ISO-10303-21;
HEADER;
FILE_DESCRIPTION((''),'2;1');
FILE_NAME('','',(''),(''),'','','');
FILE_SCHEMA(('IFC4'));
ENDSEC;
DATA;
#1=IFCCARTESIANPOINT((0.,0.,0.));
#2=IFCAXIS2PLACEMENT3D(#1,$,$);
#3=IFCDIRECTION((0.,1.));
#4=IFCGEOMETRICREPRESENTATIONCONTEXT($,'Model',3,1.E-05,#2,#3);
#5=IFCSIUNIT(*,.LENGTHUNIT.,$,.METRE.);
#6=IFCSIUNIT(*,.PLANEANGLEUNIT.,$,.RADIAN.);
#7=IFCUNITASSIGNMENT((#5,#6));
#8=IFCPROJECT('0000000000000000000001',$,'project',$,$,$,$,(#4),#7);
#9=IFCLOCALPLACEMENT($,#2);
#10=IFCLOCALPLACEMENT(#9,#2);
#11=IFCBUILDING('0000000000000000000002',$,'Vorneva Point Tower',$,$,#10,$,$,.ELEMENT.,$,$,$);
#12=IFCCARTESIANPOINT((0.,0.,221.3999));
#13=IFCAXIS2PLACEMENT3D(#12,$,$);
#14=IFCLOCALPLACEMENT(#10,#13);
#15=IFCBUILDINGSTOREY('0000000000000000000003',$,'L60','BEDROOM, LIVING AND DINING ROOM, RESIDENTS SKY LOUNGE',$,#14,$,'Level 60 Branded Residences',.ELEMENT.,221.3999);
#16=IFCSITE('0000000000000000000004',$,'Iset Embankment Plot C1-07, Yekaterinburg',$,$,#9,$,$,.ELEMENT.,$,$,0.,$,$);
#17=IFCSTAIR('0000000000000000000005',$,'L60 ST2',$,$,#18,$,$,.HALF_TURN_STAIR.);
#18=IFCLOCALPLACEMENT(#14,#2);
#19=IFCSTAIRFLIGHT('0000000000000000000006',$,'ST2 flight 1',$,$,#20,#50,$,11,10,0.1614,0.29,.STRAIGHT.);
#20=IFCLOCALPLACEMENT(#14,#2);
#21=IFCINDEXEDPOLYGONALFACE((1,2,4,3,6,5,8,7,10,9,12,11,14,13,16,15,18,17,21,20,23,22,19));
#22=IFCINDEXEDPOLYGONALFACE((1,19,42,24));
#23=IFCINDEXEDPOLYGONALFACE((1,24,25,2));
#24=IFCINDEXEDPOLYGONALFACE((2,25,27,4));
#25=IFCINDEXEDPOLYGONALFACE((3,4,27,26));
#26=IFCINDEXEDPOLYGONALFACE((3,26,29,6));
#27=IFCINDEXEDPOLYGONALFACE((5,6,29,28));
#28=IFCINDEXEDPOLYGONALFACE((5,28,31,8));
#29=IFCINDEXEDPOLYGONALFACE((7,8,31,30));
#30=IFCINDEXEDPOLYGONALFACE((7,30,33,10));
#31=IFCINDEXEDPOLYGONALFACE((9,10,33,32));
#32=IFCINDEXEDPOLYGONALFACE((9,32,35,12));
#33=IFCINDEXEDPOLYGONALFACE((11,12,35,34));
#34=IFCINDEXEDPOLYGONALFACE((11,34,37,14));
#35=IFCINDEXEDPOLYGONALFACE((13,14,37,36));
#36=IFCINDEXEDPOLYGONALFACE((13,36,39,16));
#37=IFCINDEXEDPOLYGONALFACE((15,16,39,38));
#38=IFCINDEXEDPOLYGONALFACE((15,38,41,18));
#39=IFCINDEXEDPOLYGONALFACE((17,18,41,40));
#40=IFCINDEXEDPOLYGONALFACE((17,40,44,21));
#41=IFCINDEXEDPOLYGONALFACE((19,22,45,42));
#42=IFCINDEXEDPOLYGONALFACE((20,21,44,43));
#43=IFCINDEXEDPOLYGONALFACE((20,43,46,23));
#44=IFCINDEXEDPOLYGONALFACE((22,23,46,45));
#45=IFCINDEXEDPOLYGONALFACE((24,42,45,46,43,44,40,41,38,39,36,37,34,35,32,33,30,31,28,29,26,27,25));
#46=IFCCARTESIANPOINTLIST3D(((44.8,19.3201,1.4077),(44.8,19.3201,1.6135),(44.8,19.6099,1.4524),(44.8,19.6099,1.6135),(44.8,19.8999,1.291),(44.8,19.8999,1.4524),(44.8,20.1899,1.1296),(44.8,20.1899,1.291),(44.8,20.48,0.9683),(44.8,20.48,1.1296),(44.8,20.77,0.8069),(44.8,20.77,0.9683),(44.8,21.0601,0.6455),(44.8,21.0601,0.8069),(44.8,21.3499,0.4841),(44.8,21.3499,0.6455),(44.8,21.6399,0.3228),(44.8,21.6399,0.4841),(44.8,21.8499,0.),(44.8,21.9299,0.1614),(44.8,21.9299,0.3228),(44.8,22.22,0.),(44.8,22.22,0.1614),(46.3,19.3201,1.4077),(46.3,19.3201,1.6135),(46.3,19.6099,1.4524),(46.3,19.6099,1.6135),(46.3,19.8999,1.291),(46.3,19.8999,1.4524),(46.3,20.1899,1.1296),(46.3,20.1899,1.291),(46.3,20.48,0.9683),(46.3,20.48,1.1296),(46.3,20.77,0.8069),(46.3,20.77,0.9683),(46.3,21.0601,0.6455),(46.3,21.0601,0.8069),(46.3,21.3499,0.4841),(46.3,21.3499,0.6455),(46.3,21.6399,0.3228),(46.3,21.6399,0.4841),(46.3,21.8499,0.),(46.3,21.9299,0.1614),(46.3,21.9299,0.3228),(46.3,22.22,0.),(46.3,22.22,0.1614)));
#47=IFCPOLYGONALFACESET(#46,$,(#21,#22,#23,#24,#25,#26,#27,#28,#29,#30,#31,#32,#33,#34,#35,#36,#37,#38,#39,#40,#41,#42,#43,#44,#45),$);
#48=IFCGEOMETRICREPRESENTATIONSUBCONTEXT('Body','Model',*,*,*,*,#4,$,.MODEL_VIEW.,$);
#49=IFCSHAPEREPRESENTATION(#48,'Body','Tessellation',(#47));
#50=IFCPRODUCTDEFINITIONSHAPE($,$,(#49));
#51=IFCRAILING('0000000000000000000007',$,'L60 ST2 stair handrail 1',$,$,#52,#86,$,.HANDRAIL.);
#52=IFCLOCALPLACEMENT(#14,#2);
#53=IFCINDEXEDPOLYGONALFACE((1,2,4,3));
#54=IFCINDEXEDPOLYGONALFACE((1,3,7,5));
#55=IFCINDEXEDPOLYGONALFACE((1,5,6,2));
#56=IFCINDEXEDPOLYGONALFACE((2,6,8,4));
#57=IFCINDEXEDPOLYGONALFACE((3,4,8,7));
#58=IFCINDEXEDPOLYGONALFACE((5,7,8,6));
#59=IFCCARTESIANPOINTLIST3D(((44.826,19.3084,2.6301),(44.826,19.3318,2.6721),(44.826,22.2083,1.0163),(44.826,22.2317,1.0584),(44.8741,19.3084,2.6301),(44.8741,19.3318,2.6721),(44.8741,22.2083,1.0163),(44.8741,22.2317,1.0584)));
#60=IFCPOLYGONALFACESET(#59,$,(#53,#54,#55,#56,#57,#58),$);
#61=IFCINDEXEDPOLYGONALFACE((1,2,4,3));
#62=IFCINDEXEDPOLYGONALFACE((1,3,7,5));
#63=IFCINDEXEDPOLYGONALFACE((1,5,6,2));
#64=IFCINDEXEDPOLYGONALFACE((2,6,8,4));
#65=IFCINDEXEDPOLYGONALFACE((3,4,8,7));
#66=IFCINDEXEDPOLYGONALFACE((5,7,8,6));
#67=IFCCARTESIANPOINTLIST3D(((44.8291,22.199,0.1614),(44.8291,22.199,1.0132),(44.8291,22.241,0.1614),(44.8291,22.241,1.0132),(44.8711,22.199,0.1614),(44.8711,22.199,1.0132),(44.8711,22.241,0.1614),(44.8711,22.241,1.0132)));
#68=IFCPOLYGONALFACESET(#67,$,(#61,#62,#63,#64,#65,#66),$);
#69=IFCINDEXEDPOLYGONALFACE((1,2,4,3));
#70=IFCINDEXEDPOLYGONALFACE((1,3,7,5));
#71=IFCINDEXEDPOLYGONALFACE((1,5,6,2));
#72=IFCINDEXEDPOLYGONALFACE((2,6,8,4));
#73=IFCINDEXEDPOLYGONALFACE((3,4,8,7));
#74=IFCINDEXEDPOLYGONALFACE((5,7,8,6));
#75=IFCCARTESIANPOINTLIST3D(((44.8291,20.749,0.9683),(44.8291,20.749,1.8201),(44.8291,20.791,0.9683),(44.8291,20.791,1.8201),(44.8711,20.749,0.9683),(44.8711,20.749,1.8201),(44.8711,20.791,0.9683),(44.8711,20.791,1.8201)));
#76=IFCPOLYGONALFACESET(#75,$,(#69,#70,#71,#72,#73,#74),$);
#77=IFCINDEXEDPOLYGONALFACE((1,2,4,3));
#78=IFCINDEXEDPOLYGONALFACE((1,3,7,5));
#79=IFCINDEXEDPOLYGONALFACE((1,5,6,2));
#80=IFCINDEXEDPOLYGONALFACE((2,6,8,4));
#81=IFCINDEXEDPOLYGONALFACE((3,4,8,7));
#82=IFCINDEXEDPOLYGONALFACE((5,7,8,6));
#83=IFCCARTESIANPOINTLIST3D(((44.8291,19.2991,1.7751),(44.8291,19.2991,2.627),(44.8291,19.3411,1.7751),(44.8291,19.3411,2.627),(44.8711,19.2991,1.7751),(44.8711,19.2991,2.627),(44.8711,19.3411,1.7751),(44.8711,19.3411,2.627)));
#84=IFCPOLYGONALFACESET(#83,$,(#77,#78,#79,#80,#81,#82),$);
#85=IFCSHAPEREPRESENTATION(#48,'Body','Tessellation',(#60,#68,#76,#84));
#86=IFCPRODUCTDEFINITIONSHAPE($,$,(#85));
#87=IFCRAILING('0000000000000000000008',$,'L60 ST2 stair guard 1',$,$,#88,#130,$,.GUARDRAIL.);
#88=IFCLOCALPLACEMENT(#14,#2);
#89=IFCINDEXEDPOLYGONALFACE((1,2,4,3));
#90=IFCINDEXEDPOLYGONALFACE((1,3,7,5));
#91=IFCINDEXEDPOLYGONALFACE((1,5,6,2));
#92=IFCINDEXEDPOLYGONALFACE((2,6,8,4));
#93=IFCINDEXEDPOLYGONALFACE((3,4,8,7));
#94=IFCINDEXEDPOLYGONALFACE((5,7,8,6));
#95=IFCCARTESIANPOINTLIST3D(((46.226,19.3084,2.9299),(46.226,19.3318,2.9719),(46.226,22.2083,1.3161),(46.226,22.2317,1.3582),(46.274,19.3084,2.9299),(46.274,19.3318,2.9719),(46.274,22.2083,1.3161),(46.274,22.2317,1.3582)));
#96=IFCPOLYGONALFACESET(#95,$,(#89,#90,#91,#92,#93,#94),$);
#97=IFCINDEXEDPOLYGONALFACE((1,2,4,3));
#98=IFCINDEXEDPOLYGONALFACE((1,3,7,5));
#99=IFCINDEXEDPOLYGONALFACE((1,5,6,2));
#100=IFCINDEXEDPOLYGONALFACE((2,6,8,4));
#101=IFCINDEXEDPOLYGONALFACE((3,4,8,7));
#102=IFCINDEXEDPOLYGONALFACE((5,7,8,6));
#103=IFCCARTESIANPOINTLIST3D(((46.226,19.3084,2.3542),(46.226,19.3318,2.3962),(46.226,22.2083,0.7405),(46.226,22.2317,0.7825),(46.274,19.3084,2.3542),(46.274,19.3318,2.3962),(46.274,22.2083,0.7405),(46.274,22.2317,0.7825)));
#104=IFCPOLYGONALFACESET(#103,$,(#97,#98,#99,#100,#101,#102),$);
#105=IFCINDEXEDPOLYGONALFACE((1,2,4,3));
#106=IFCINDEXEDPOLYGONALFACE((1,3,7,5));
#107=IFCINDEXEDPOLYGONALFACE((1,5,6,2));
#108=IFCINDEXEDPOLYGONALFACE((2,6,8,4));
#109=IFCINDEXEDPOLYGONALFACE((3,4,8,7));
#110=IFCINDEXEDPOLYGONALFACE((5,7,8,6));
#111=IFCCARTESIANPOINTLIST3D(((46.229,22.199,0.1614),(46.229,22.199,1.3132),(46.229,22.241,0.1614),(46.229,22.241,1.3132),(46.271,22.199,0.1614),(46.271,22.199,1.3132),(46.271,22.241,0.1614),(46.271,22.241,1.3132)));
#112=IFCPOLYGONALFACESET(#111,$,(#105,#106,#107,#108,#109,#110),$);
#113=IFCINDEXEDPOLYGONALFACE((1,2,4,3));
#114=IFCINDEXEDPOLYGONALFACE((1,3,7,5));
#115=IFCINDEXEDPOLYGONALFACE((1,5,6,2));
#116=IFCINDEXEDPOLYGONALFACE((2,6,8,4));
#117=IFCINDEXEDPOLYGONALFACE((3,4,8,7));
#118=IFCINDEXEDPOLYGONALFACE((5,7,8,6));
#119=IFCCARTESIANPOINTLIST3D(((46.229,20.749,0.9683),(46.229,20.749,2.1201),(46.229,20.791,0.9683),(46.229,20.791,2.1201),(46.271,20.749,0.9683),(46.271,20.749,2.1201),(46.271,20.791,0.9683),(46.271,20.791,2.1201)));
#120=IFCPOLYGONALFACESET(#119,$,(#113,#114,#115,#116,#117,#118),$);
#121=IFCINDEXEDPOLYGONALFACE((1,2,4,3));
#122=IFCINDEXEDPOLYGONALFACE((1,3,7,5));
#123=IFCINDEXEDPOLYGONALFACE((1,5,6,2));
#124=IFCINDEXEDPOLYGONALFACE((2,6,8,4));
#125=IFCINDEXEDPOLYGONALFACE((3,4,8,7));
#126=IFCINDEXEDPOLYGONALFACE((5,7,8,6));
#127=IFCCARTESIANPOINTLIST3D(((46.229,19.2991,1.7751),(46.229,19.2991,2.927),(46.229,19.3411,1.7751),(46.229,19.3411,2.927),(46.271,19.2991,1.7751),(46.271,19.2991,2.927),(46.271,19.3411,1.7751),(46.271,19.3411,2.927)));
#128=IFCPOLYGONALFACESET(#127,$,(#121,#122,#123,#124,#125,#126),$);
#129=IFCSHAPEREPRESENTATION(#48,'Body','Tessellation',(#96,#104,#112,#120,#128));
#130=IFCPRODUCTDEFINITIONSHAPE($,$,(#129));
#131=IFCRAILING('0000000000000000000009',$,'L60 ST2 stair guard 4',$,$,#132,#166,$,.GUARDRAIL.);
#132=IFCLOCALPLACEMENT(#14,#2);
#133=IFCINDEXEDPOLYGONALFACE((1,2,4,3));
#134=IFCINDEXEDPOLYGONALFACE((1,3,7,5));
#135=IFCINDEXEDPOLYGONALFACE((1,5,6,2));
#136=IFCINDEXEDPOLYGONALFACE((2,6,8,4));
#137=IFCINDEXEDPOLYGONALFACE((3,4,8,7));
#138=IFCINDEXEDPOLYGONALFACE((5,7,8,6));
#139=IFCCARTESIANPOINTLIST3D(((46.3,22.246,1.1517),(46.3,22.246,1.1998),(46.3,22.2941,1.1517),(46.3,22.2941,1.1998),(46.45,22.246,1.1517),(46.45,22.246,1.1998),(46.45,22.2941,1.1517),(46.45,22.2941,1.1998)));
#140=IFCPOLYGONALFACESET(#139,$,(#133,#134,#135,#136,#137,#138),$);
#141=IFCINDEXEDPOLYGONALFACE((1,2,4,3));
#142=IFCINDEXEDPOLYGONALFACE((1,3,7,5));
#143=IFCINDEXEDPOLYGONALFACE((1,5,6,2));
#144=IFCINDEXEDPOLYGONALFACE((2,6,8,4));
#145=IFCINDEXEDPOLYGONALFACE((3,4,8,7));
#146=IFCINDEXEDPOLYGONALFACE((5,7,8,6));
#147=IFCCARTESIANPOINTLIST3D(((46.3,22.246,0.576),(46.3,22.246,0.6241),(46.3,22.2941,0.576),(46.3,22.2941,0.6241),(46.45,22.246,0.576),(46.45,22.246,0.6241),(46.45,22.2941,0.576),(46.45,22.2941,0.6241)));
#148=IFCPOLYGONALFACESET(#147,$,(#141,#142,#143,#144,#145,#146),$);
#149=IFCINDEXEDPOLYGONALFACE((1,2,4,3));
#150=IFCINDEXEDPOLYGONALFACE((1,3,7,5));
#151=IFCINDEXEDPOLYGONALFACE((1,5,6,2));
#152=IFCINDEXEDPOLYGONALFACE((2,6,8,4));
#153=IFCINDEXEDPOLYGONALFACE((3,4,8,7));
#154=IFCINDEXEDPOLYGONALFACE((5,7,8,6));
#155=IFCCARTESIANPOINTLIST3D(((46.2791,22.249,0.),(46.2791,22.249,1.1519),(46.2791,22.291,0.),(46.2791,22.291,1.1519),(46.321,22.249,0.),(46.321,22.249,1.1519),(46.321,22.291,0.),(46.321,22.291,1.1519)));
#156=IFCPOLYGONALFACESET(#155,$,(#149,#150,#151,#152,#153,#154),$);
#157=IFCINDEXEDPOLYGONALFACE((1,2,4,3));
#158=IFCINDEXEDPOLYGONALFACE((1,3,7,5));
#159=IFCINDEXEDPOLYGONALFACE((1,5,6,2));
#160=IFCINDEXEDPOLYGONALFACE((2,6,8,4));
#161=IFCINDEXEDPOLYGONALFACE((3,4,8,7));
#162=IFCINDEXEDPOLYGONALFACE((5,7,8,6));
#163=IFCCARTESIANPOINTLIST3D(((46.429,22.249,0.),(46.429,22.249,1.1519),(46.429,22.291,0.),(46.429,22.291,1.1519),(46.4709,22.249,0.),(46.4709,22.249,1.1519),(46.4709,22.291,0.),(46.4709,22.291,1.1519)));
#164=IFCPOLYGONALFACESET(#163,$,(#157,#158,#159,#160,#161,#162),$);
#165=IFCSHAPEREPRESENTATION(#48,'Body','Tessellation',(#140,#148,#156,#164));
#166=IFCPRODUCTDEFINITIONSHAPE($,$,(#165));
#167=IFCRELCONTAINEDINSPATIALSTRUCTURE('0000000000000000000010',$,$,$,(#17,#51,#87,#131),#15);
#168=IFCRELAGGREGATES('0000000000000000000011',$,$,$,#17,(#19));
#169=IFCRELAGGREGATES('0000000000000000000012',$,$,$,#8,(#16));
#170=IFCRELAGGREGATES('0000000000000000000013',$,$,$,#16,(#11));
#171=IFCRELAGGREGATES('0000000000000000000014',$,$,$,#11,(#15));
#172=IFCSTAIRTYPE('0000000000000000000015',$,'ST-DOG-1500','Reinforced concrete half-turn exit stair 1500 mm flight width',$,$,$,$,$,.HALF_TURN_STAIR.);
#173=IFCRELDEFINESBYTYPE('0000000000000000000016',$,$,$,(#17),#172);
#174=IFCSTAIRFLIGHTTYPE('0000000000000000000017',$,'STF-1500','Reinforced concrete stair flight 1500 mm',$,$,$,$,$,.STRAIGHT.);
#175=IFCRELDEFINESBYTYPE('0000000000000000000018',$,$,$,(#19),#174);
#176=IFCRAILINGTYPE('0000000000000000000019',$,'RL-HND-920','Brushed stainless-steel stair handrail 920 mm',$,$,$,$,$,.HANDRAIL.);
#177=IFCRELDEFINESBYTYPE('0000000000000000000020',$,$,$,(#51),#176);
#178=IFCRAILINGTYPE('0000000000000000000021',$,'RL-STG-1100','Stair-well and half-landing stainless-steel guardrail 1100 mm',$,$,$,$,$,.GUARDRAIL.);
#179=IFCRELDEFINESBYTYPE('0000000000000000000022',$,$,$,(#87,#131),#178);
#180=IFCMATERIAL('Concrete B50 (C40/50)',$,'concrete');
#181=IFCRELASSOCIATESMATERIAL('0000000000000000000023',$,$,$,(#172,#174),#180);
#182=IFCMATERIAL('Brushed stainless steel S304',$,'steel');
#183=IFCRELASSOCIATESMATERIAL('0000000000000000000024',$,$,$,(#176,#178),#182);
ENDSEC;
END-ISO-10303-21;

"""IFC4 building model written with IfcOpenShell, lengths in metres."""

from ifc_helpers import new_model, si_unit, direction, frame, origin, origin_2d, place, context, subcontext, project, spatial, polyline, rectangle, outline, extrude, material, type_object, element, aggregate, save


model = new_model("IFC4")

# Units and contexts
model_context = context("Model", 3, precision=1e-05, world=origin(), true_north=direction((0.0, 1.0)))
body_context = subcontext(model_context, "Body", "Model", "MODEL_VIEW")
ifc_project = project(units=[si_unit("LENGTHUNIT", "METRE"), si_unit("PLANEANGLEUNIT", "RADIAN")], contexts=[model_context])

# Site, building, storey
site_placement = place(None, origin())
site = spatial("IfcSite", under=ifc_project, at=site_placement, Name="Iset Embankment Plot C1-07, Yekaterinburg", CompositionType="ELEMENT", RefElevation=0.0)
building_placement = place(site_placement, origin())
building = spatial("IfcBuilding", under=site, at=building_placement, Name="Vorneva Point Tower", CompositionType="ELEMENT")
storey_placement = place(building_placement, frame((0.0, 0.0, 221.3999)))
storey = spatial("IfcBuildingStorey", under=building, at=storey_placement, Name="L60", Description="BEDROOM, LIVING AND DINING ROOM, RESIDENTS SKY LOUNGE", LongName="Level 60 Branded Residences", CompositionType="ELEMENT", Elevation=221.3999)

# Shared definitions
ifc_material_1 = material(Name="Concrete B50 (C40/50)", Category="concrete")

# Shared definitions
ifc_material_2 = material(Name="Brushed stainless steel S304", Category="steel")

# Stair, stair flight
stair_type = type_object("IfcStairType", Name="ST-DOG-1500", Description="Reinforced concrete half-turn exit stair 1500 mm flight width", PredefinedType="HALF_TURN_STAIR", material=ifc_material_1)
stair_placement = place(storey_placement, origin())
stair = element("IfcStair", 1, at=stair_placement, inside=storey, type_object=stair_type, Name="L60 ST2", PredefinedType="HALF_TURN_STAIR")
stair_flight_type = type_object("IfcStairFlightType", Name="STF-1500", Description="Reinforced concrete stair flight 1500 mm", PredefinedType="STRAIGHT", material=ifc_material_1)
stair_flight_placement = place(storey_placement, frame((45.55, 22.22, 0.0), z_axis=(0.0, 0.0, 1.0), x_axis=(0.0, -1.0, 0.0)))
stair_flight = element("IfcStairFlight", 2, at=stair_flight_placement, type_object=stair_flight_type, Name="ST2 flight 1", NumberOfRisers=11, NumberOfTreads=10, PredefinedType="STRAIGHT", RiserHeight=0.1614, TreadLength=0.29, context=body_context, shape_type="SweptSolid", body=[
    extrude(outline(polyline([(0.0, 0.0), (0.0, 0.1614), (0.29, 0.1614), (0.29, 0.3228), (0.5801, 0.3228), (0.5801, 0.4841), (0.8701, 0.4841), (0.8701, 0.6455), (1.1599, 0.6455), (1.1599, 0.8069), (1.45, 0.8069), (1.45, 0.9683), (1.74, 0.9683), (1.74, 1.1296), (2.03, 1.1296), (2.03, 1.291), (2.3201, 1.291), (2.3201, 1.4524), (2.6101, 1.4524), (2.6101, 1.6135), (2.8999, 1.6135), (2.8999, 1.7749), (2.8999, 1.4077), (0.3701, 0.0), (0.0, 0.0)])), frame((0.0, 0.75, 0.0), z_axis=(0.0, -1.0, 0.0), x_axis=(1.0, 0.0, 0.0)), (0.0, 0.0, 1.0), 1.5),
])
aggregate(stair, [stair_flight])

# Railings
railing_type_1 = type_object("IfcRailingType", Name="RL-HND-920", Description="Brushed stainless-steel stair handrail 920 mm", PredefinedType="HANDRAIL", material=ifc_material_2)
railing_1_placement = place(storey_placement, frame((44.8501, 22.22, 0.1614)))
element("IfcRailing", 3, at=railing_1_placement, inside=storey, type_object=railing_type_1, Name="L60 ST2 stair handrail 1", PredefinedType="HANDRAIL", context=body_context, shape_type="SweptSolid", body=[
    extrude(rectangle(XDim=0.0481, YDim=0.0481, at=origin_2d()), frame((0.0, 0.0, 0.876), z_axis=(0.0, -0.87381, 0.486267), x_axis=(1.0, 0.0, 0.0)), (0.0, 0.0, 1.0), 3.3186),
    extrude(rectangle(XDim=0.042, YDim=0.042, at=origin_2d()), origin(), (0.0, 0.0, 1.0), 0.8518),
    extrude(rectangle(XDim=0.042, YDim=0.042, at=origin_2d()), frame((0.0, -1.45, 0.8069)), (0.0, 0.0, 1.0), 0.8518),
    extrude(rectangle(XDim=0.042, YDim=0.042, at=origin_2d()), frame((0.0, -2.8999, 1.6138)), (0.0, 0.0, 1.0), 0.8518),
])
railing_type_2 = type_object("IfcRailingType", Name="RL-STG-1100", Description="Stair-well and half-landing stainless-steel guardrail 1100 mm", PredefinedType="GUARDRAIL", material=ifc_material_2)
railing_2_placement = place(storey_placement, frame((46.25, 22.22, 0.1614)))
element("IfcRailing", 4, at=railing_2_placement, inside=storey, type_object=railing_type_2, Name="L60 ST2 stair guard 1", PredefinedType="GUARDRAIL", context=body_context, shape_type="SweptSolid", body=[
    extrude(rectangle(XDim=0.0481, YDim=0.0481, at=origin_2d()), frame((0.0, 0.0, 1.1758), z_axis=(0.0, -0.87381, 0.486267), x_axis=(1.0, 0.0, 0.0)), (0.0, 0.0, 1.0), 3.3186),
    extrude(rectangle(XDim=0.0481, YDim=0.0481, at=origin_2d()), frame((0.0, 0.0, 0.6001), z_axis=(0.0, -0.87381, 0.486267), x_axis=(1.0, 0.0, 0.0)), (0.0, 0.0, 1.0), 3.3186),
    extrude(rectangle(XDim=0.042, YDim=0.042, at=origin_2d()), origin(), (0.0, 0.0, 1.0), 1.1519),
    extrude(rectangle(XDim=0.042, YDim=0.042, at=origin_2d()), frame((0.0, -1.45, 0.8069)), (0.0, 0.0, 1.0), 1.1519),
    extrude(rectangle(XDim=0.042, YDim=0.042, at=origin_2d()), frame((0.0, -2.8999, 1.6138)), (0.0, 0.0, 1.0), 1.1519),
])
railing_3_placement = place(storey_placement, frame((46.3, 22.27, 0.0)))
element("IfcRailing", 5, at=railing_3_placement, inside=storey, type_object=railing_type_2, Name="L60 ST2 stair guard 4", PredefinedType="GUARDRAIL", context=body_context, shape_type="SweptSolid", body=[
    extrude(rectangle(XDim=0.0481, YDim=0.0481, at=origin_2d()), frame((0.0, 0.0, 1.1758), z_axis=(1.0, 0.0, 0.0), x_axis=(0.0, 1.0, 0.0)), (0.0, 0.0, 1.0), 0.1499),
    extrude(rectangle(XDim=0.0481, YDim=0.0481, at=origin_2d()), frame((0.0, 0.0, 0.6001), z_axis=(1.0, 0.0, 0.0), x_axis=(0.0, 1.0, 0.0)), (0.0, 0.0, 1.0), 0.1499),
    extrude(rectangle(XDim=0.042, YDim=0.042, at=origin_2d()), origin(), (0.0, 0.0, 1.0), 1.1519),
    extrude(rectangle(XDim=0.042, YDim=0.042, at=origin_2d()), frame((0.1499, 0.0, 0.0)), (0.0, 0.0, 1.0), 1.1519),
])

save(model, "model.ifc")
